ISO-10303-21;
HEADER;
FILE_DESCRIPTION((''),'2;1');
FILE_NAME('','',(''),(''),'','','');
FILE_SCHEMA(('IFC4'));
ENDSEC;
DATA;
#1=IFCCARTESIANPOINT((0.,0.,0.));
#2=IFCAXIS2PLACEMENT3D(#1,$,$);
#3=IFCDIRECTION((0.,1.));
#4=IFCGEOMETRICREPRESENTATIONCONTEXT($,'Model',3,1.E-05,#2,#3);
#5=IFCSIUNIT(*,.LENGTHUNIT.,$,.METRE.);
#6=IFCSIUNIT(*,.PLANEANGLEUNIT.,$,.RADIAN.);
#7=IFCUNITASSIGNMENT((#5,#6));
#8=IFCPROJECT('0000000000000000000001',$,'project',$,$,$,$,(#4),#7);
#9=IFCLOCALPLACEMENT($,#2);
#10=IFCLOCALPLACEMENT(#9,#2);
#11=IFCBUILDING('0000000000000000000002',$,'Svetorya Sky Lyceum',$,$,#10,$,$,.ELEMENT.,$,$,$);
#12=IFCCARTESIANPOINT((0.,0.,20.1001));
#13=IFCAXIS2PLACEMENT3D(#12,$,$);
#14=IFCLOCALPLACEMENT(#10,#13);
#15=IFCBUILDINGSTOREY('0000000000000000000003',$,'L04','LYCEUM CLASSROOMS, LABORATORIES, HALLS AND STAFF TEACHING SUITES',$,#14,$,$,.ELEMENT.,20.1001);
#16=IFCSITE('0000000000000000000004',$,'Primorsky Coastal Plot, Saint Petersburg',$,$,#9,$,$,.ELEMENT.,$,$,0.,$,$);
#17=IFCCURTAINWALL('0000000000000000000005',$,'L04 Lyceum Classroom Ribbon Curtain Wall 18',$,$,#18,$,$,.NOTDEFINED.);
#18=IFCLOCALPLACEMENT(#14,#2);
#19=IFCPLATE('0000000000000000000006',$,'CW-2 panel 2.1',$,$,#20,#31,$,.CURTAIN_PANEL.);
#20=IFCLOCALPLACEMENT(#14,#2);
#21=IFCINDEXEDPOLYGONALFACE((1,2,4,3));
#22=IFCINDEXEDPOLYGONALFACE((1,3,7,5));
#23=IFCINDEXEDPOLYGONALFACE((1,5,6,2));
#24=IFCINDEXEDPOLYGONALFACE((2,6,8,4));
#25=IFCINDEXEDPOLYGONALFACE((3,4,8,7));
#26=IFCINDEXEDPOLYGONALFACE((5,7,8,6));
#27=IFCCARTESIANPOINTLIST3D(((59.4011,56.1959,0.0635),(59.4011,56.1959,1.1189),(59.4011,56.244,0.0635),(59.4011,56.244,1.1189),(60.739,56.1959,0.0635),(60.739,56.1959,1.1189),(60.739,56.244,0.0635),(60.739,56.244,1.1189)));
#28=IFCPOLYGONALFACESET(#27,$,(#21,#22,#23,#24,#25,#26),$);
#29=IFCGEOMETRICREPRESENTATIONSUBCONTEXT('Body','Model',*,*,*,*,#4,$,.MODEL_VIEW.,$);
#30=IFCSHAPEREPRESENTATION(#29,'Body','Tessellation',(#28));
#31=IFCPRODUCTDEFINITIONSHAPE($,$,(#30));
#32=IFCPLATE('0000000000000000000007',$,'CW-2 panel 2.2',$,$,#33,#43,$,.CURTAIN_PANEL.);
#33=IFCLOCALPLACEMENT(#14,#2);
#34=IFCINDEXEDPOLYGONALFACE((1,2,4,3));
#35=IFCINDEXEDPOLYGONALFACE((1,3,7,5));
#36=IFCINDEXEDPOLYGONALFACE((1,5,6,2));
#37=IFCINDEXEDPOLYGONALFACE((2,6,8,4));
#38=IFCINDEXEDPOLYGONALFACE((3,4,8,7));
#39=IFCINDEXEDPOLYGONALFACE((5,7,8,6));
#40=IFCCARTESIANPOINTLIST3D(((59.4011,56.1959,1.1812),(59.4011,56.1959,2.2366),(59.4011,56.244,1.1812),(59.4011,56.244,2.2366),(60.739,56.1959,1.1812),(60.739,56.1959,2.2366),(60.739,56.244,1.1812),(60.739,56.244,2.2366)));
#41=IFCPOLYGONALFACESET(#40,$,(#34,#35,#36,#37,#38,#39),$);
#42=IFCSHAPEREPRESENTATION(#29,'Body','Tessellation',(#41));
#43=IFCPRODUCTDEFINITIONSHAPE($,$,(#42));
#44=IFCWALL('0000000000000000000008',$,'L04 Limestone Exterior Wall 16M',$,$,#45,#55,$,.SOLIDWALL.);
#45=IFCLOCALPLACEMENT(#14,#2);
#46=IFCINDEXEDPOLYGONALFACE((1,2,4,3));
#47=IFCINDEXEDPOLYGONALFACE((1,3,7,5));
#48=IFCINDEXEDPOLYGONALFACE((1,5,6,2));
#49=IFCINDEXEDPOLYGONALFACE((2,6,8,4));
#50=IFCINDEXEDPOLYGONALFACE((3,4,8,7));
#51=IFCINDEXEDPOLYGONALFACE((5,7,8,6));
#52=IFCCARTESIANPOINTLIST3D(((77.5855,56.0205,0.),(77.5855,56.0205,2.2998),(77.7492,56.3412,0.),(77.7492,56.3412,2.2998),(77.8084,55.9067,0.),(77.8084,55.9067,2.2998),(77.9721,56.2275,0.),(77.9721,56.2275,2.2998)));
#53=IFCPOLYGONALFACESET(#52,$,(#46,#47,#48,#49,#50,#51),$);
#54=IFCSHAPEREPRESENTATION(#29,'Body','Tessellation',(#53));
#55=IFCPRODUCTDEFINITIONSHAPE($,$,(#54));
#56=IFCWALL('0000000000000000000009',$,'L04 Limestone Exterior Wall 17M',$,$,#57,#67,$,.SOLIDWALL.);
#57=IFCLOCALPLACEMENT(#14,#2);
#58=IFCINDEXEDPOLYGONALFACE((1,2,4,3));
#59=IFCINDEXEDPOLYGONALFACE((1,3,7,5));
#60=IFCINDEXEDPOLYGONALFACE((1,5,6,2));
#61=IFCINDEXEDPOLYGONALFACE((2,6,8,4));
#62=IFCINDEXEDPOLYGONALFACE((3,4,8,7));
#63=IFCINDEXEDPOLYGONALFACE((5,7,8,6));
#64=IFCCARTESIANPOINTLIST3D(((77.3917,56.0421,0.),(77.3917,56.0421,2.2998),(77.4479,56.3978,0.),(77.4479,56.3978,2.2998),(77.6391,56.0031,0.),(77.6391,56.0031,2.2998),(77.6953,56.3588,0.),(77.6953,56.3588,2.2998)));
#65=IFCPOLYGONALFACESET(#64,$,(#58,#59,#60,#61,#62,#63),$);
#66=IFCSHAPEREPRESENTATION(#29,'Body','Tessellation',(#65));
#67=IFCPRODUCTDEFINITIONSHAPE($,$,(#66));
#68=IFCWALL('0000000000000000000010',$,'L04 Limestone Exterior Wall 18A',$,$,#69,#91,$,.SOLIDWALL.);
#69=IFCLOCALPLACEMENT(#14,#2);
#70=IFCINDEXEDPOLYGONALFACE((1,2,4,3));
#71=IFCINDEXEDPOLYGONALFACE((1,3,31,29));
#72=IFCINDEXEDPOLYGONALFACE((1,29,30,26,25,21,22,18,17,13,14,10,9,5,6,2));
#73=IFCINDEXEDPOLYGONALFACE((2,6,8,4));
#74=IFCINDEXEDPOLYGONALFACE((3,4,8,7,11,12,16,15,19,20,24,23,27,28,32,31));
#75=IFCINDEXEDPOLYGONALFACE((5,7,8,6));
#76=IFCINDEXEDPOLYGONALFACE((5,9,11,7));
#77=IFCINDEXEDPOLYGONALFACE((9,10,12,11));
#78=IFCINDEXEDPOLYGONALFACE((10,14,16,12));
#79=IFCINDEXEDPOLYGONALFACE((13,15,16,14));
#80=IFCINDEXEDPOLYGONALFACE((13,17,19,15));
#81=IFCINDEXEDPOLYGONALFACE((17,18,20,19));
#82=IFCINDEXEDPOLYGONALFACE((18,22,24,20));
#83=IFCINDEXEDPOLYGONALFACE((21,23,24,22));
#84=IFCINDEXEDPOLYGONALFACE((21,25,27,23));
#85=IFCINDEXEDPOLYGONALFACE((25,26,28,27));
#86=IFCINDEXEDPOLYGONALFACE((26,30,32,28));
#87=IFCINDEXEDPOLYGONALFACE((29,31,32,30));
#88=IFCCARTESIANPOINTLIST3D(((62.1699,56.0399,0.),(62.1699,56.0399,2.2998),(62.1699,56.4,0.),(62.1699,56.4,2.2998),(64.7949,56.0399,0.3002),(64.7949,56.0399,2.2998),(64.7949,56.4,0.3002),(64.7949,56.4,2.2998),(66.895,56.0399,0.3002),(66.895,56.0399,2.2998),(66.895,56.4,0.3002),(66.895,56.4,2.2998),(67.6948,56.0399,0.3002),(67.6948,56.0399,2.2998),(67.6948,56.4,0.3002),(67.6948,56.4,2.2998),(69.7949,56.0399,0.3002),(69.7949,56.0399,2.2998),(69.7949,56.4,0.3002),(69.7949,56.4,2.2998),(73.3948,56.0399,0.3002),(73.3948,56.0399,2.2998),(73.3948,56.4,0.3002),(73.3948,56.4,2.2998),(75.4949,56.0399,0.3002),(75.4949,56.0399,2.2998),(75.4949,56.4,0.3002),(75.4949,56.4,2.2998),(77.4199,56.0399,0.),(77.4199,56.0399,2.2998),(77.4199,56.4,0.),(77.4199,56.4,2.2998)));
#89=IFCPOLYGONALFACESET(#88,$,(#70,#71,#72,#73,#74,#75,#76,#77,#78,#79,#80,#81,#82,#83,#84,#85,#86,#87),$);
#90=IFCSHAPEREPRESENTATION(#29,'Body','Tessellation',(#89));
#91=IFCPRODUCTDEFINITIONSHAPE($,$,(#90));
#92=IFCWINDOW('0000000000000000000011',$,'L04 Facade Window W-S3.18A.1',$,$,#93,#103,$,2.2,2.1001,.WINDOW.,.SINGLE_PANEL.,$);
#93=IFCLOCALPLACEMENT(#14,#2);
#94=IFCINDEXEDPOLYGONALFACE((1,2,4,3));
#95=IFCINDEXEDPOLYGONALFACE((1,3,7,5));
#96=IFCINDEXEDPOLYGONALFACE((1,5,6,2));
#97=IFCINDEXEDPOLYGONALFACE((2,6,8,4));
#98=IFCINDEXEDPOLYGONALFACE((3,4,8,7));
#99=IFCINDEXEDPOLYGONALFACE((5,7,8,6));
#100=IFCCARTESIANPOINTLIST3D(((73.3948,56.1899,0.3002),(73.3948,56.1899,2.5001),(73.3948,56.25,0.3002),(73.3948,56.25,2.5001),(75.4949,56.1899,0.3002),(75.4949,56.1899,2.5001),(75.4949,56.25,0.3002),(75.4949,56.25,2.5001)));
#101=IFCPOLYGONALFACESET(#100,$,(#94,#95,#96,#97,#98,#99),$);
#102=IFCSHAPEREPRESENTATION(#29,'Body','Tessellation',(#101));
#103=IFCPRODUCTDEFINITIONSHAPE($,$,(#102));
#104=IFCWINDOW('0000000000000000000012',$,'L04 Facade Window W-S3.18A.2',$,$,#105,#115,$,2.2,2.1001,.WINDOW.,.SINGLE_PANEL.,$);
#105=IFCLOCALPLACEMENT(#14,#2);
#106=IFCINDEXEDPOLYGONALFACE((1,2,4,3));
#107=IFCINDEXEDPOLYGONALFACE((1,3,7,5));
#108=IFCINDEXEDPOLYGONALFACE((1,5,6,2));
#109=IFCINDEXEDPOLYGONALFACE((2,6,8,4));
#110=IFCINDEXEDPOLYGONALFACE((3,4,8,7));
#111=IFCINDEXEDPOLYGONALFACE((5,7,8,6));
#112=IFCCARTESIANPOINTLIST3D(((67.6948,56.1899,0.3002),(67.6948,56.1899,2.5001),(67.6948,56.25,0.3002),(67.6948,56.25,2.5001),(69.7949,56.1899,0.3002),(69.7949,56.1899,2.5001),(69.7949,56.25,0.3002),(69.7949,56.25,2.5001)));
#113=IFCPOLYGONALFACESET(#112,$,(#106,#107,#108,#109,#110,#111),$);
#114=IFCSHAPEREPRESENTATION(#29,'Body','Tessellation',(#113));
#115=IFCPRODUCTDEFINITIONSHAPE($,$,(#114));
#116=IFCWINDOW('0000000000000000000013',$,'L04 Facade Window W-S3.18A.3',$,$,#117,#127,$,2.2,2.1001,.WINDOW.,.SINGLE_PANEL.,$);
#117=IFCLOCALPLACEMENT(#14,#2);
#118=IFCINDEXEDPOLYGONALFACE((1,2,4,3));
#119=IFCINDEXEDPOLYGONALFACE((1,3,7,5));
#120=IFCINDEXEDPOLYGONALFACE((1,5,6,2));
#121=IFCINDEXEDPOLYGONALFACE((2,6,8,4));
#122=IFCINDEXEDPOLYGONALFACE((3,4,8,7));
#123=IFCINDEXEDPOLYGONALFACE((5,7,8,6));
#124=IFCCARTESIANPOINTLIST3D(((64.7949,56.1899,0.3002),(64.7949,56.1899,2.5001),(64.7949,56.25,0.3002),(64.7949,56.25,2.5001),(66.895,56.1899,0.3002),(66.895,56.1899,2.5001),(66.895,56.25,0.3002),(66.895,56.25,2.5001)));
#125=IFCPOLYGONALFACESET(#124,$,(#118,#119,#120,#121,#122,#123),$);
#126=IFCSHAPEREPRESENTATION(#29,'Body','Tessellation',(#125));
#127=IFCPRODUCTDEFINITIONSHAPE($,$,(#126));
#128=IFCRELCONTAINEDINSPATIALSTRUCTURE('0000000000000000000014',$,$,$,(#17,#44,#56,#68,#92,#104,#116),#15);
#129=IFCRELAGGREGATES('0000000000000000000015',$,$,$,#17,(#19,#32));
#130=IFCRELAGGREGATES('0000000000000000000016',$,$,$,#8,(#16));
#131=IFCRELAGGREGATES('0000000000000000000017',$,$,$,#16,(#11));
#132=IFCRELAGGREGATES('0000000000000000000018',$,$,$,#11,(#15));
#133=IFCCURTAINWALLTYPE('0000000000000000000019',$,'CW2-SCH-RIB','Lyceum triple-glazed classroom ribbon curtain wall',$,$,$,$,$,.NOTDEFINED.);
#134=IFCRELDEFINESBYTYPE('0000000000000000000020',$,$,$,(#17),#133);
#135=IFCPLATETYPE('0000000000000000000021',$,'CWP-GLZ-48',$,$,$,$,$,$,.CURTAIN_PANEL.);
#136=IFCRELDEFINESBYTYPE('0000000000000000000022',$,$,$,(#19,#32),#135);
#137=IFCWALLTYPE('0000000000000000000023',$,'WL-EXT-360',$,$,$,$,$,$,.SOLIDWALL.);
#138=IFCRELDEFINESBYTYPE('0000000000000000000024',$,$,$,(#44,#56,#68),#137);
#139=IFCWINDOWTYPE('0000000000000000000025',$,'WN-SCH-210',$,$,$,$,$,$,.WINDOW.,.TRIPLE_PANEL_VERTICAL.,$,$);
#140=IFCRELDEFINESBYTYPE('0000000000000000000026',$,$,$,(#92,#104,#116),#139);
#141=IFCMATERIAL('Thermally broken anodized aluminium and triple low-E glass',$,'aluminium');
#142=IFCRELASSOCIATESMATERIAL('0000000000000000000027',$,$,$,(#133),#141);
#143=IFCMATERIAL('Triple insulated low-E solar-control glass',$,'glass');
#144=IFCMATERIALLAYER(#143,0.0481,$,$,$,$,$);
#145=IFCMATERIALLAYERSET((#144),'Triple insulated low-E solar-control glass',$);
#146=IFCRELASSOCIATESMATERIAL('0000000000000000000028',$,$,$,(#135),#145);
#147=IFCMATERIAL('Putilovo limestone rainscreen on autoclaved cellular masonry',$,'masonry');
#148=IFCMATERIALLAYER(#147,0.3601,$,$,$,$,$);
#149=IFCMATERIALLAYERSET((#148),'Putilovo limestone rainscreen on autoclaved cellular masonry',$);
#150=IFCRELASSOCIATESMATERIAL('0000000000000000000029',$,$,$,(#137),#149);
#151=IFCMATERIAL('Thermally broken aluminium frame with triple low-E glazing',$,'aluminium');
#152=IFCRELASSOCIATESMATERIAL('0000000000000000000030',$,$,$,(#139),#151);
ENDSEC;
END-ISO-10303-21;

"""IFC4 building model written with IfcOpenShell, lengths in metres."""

from ifc_helpers import new_model, si_unit, direction, frame, frame_2d, origin, origin_2d, place, context, subcontext, project, spatial, rectangle, extrude, material, layer, layer_set, type_object, element, fill, aggregate, save


model = new_model("IFC4")

# Units and contexts
model_context = context("Model", 3, precision=1e-05, world=origin(), true_north=direction((0.0, 1.0)))
body_context = subcontext(model_context, "Body", "Model", "MODEL_VIEW")
ifc_project = project(units=[si_unit("LENGTHUNIT", "METRE"), si_unit("PLANEANGLEUNIT", "RADIAN")], contexts=[model_context])

# Site, building, storey
site_placement = place(None, origin())
site = spatial("IfcSite", under=ifc_project, at=site_placement, Name="Primorsky Coastal Plot, Saint Petersburg", CompositionType="ELEMENT", RefElevation=0.0)
building_placement = place(site_placement, origin())
building = spatial("IfcBuilding", under=site, at=building_placement, Name="Svetorya Sky Lyceum", CompositionType="ELEMENT")
storey_placement = place(building_placement, frame((0.0, 0.0, 20.1001)))
storey = spatial("IfcBuildingStorey", under=building, at=storey_placement, Name="L04", Description="LYCEUM CLASSROOMS, LABORATORIES, HALLS AND STAFF TEACHING SUITES", CompositionType="ELEMENT", Elevation=20.1001)

# Curtain wall, plates
ifc_material_1 = material(Name="Thermally broken anodized aluminium and triple low-E glass", Category="aluminium")
curtain_wall_type = type_object("IfcCurtainWallType", Name="CW2-SCH-RIB", Description="Lyceum triple-glazed classroom ribbon curtain wall", PredefinedType="NOTDEFINED", material=ifc_material_1)
curtain_wall_placement = place(storey_placement, origin())
curtain_wall = element("IfcCurtainWall", 1, at=curtain_wall_placement, inside=storey, type_object=curtain_wall_type, Name="L04 Lyceum Classroom Ribbon Curtain Wall 18", PredefinedType="NOTDEFINED")
ifc_material_2 = material(Name="Triple insulated low-E solar-control glass", Category="glass")
ifc_layer_1 = layer(ifc_material_2, 0.0481)
ifc_layer_set_1 = layer_set([ifc_layer_1], Name="Triple insulated low-E solar-control glass")
plate_type = type_object("IfcPlateType", Name="CWP-GLZ-48", PredefinedType="CURTAIN_PANEL", material=ifc_layer_set_1)
plate_1_placement = place(storey_placement, frame((60.0701, 56.22, 0.0635), z_axis=(0.0, 0.0, 1.0), x_axis=(-1.0, 0.0, 0.0)))
plate_1 = element("IfcPlate", 2, at=plate_1_placement, type_object=plate_type, Name="CW-2 panel 2.1", PredefinedType="CURTAIN_PANEL", context=body_context, shape_type="SweptSolid", body=[
    extrude(rectangle(XDim=1.3379, YDim=0.0481, at=origin_2d()), origin(), (0.0, 0.0, 1.0), 1.0554),
])
plate_2_placement = place(storey_placement, frame((60.0701, 56.22, 1.1812), z_axis=(0.0, 0.0, 1.0), x_axis=(-1.0, 0.0, 0.0)))
plate_2 = element("IfcPlate", 3, at=plate_2_placement, type_object=plate_type, Name="CW-2 panel 2.2", PredefinedType="CURTAIN_PANEL", context=body_context, shape_type="SweptSolid", body=[
    extrude(rectangle(XDim=1.3379, YDim=0.0481, at=origin_2d()), origin(), (0.0, 0.0, 1.0), 1.0554),
])
aggregate(curtain_wall, [plate_1, plate_2])

# Walls
ifc_material_3 = material(Name="Putilovo limestone rainscreen on autoclaved cellular masonry", Category="masonry")
ifc_layer_2 = layer(ifc_material_3, 0.3601)
ifc_layer_set_2 = layer_set([ifc_layer_2], Name="Putilovo limestone rainscreen on autoclaved cellular masonry")
wall_type = type_object("IfcWallType", Name="WL-EXT-360", PredefinedType="SOLIDWALL", material=ifc_layer_set_2)
wall_1_placement = place(storey_placement, frame((77.8901, 56.0671, 0.0), z_axis=(0.0, 0.0, 1.0), x_axis=(-0.890689, 0.454613, 0.0)))
element("IfcWall", 4, at=wall_1_placement, inside=storey, type_object=wall_type, Name="L04 Limestone Exterior Wall 16M", PredefinedType="SOLIDWALL", context=body_context, shape_type="SweptSolid", body=[
    extrude(rectangle(XDim=0.2502, YDim=0.3601, at=frame_2d((0.125, 0.0))), origin(), (0.0, 0.0, 1.0), 2.2998),
])
wall_2_placement = place(storey_placement, frame((77.6672, 56.1809, 0.0), z_axis=(0.0, 0.0, 1.0), x_axis=(-0.987755, 0.156013, 0.0)))
element("IfcWall", 5, at=wall_2_placement, inside=storey, type_object=wall_type, Name="L04 Limestone Exterior Wall 17M", PredefinedType="SOLIDWALL", context=body_context, shape_type="SweptSolid", body=[
    extrude(rectangle(XDim=0.2505, YDim=0.3601, at=frame_2d((0.1252, 0.0))), origin(), (0.0, 0.0, 1.0), 2.2998),
])

# Wall, openings, windows
wall_3_placement = place(storey_placement, frame((77.4199, 56.22, 0.0), z_axis=(0.0, 0.0, 1.0), x_axis=(-1.0, 0.0, 0.0)))
wall_3 = element("IfcWall", 6, at=wall_3_placement, inside=storey, type_object=wall_type, Name="L04 Limestone Exterior Wall 18A", PredefinedType="SOLIDWALL", context=body_context, shape_type="SweptSolid", body=[
    extrude(rectangle(XDim=15.25, YDim=0.3601, at=frame_2d((7.625, 0.0))), origin(), (0.0, 0.0, 1.0), 2.2998),
])
opening_1_placement = place(wall_3_placement, frame((1.925, 0.0, 0.3)))
opening_1 = element("IfcOpeningElement", 7, at=opening_1_placement, cuts=wall_3, PredefinedType="OPENING", context=body_context, shape_type="SweptSolid", body=[
    extrude(rectangle(XDim=2.1001, YDim=2.2, at=frame_2d((1.05, 1.1001))), frame((0.0, 0.1899, 0.0), z_axis=(0.0, -1.0, 0.0), x_axis=(1.0, 0.0, 0.0)), (0.0, 0.0, 1.0), 0.3801),
])
opening_2_placement = place(wall_3_placement, frame((7.625, 0.0, 0.3)))
opening_2 = element("IfcOpeningElement", 8, at=opening_2_placement, cuts=wall_3, PredefinedType="OPENING", context=body_context, shape_type="SweptSolid", body=[
    extrude(rectangle(XDim=2.1001, YDim=2.2, at=frame_2d((1.05, 1.1001))), frame((0.0, 0.1899, 0.0), z_axis=(0.0, -1.0, 0.0), x_axis=(1.0, 0.0, 0.0)), (0.0, 0.0, 1.0), 0.3801),
])
opening_3_placement = place(wall_3_placement, frame((10.5249, 0.0, 0.3)))
opening_3 = element("IfcOpeningElement", 9, at=opening_3_placement, cuts=wall_3, PredefinedType="OPENING", context=body_context, shape_type="SweptSolid", body=[
    extrude(rectangle(XDim=2.1001, YDim=2.2, at=frame_2d((1.05, 1.1001))), frame((0.0, 0.1899, 0.0), z_axis=(0.0, -1.0, 0.0), x_axis=(1.0, 0.0, 0.0)), (0.0, 0.0, 1.0), 0.3801),
])
ifc_material_4 = material(Name="Thermally broken aluminium frame with triple low-E glazing", Category="aluminium")
window_type = type_object("IfcWindowType", Name="WN-SCH-210", PartitioningType="TRIPLE_PANEL_VERTICAL", PredefinedType="WINDOW", material=ifc_material_4)
window_1_placement = place(opening_1_placement, origin())
window_1 = element("IfcWindow", 10, at=window_1_placement, inside=storey, type_object=window_type, Name="L04 Facade Window W-S3.18A.1", OverallHeight=2.2, OverallWidth=2.1001, PartitioningType="SINGLE_PANEL", PredefinedType="WINDOW", context=body_context, shape_type="SweptSolid", body=[
    extrude(rectangle(XDim=2.1001, YDim=2.2, at=frame_2d((1.05, 1.1001))), frame((0.0, 0.03, 0.0), z_axis=(0.0, -1.0, 0.0), x_axis=(1.0, 0.0, 0.0)), (0.0, 0.0, 1.0), 0.0601),
])
fill(opening_1, window_1)
window_2_placement = place(opening_2_placement, origin())
window_2 = element("IfcWindow", 11, at=window_2_placement, inside=storey, type_object=window_type, Name="L04 Facade Window W-S3.18A.2", OverallHeight=2.2, OverallWidth=2.1001, PartitioningType="SINGLE_PANEL", PredefinedType="WINDOW", context=body_context, shape_type="SweptSolid", body=[
    extrude(rectangle(XDim=2.1001, YDim=2.2, at=frame_2d((1.05, 1.1001))), frame((0.0, 0.03, 0.0), z_axis=(0.0, -1.0, 0.0), x_axis=(1.0, 0.0, 0.0)), (0.0, 0.0, 1.0), 0.0601),
])
fill(opening_2, window_2)
window_3_placement = place(opening_3_placement, origin())
window_3 = element("IfcWindow", 12, at=window_3_placement, inside=storey, type_object=window_type, Name="L04 Facade Window W-S3.18A.3", OverallHeight=2.2, OverallWidth=2.1001, PartitioningType="SINGLE_PANEL", PredefinedType="WINDOW", context=body_context, shape_type="SweptSolid", body=[
    extrude(rectangle(XDim=2.1001, YDim=2.2, at=frame_2d((1.05, 1.1001))), frame((0.0, 0.03, 0.0), z_axis=(0.0, -1.0, 0.0), x_axis=(1.0, 0.0, 0.0)), (0.0, 0.0, 1.0), 0.0601),
])
fill(opening_3, window_3)

save(model, "model.ifc")
